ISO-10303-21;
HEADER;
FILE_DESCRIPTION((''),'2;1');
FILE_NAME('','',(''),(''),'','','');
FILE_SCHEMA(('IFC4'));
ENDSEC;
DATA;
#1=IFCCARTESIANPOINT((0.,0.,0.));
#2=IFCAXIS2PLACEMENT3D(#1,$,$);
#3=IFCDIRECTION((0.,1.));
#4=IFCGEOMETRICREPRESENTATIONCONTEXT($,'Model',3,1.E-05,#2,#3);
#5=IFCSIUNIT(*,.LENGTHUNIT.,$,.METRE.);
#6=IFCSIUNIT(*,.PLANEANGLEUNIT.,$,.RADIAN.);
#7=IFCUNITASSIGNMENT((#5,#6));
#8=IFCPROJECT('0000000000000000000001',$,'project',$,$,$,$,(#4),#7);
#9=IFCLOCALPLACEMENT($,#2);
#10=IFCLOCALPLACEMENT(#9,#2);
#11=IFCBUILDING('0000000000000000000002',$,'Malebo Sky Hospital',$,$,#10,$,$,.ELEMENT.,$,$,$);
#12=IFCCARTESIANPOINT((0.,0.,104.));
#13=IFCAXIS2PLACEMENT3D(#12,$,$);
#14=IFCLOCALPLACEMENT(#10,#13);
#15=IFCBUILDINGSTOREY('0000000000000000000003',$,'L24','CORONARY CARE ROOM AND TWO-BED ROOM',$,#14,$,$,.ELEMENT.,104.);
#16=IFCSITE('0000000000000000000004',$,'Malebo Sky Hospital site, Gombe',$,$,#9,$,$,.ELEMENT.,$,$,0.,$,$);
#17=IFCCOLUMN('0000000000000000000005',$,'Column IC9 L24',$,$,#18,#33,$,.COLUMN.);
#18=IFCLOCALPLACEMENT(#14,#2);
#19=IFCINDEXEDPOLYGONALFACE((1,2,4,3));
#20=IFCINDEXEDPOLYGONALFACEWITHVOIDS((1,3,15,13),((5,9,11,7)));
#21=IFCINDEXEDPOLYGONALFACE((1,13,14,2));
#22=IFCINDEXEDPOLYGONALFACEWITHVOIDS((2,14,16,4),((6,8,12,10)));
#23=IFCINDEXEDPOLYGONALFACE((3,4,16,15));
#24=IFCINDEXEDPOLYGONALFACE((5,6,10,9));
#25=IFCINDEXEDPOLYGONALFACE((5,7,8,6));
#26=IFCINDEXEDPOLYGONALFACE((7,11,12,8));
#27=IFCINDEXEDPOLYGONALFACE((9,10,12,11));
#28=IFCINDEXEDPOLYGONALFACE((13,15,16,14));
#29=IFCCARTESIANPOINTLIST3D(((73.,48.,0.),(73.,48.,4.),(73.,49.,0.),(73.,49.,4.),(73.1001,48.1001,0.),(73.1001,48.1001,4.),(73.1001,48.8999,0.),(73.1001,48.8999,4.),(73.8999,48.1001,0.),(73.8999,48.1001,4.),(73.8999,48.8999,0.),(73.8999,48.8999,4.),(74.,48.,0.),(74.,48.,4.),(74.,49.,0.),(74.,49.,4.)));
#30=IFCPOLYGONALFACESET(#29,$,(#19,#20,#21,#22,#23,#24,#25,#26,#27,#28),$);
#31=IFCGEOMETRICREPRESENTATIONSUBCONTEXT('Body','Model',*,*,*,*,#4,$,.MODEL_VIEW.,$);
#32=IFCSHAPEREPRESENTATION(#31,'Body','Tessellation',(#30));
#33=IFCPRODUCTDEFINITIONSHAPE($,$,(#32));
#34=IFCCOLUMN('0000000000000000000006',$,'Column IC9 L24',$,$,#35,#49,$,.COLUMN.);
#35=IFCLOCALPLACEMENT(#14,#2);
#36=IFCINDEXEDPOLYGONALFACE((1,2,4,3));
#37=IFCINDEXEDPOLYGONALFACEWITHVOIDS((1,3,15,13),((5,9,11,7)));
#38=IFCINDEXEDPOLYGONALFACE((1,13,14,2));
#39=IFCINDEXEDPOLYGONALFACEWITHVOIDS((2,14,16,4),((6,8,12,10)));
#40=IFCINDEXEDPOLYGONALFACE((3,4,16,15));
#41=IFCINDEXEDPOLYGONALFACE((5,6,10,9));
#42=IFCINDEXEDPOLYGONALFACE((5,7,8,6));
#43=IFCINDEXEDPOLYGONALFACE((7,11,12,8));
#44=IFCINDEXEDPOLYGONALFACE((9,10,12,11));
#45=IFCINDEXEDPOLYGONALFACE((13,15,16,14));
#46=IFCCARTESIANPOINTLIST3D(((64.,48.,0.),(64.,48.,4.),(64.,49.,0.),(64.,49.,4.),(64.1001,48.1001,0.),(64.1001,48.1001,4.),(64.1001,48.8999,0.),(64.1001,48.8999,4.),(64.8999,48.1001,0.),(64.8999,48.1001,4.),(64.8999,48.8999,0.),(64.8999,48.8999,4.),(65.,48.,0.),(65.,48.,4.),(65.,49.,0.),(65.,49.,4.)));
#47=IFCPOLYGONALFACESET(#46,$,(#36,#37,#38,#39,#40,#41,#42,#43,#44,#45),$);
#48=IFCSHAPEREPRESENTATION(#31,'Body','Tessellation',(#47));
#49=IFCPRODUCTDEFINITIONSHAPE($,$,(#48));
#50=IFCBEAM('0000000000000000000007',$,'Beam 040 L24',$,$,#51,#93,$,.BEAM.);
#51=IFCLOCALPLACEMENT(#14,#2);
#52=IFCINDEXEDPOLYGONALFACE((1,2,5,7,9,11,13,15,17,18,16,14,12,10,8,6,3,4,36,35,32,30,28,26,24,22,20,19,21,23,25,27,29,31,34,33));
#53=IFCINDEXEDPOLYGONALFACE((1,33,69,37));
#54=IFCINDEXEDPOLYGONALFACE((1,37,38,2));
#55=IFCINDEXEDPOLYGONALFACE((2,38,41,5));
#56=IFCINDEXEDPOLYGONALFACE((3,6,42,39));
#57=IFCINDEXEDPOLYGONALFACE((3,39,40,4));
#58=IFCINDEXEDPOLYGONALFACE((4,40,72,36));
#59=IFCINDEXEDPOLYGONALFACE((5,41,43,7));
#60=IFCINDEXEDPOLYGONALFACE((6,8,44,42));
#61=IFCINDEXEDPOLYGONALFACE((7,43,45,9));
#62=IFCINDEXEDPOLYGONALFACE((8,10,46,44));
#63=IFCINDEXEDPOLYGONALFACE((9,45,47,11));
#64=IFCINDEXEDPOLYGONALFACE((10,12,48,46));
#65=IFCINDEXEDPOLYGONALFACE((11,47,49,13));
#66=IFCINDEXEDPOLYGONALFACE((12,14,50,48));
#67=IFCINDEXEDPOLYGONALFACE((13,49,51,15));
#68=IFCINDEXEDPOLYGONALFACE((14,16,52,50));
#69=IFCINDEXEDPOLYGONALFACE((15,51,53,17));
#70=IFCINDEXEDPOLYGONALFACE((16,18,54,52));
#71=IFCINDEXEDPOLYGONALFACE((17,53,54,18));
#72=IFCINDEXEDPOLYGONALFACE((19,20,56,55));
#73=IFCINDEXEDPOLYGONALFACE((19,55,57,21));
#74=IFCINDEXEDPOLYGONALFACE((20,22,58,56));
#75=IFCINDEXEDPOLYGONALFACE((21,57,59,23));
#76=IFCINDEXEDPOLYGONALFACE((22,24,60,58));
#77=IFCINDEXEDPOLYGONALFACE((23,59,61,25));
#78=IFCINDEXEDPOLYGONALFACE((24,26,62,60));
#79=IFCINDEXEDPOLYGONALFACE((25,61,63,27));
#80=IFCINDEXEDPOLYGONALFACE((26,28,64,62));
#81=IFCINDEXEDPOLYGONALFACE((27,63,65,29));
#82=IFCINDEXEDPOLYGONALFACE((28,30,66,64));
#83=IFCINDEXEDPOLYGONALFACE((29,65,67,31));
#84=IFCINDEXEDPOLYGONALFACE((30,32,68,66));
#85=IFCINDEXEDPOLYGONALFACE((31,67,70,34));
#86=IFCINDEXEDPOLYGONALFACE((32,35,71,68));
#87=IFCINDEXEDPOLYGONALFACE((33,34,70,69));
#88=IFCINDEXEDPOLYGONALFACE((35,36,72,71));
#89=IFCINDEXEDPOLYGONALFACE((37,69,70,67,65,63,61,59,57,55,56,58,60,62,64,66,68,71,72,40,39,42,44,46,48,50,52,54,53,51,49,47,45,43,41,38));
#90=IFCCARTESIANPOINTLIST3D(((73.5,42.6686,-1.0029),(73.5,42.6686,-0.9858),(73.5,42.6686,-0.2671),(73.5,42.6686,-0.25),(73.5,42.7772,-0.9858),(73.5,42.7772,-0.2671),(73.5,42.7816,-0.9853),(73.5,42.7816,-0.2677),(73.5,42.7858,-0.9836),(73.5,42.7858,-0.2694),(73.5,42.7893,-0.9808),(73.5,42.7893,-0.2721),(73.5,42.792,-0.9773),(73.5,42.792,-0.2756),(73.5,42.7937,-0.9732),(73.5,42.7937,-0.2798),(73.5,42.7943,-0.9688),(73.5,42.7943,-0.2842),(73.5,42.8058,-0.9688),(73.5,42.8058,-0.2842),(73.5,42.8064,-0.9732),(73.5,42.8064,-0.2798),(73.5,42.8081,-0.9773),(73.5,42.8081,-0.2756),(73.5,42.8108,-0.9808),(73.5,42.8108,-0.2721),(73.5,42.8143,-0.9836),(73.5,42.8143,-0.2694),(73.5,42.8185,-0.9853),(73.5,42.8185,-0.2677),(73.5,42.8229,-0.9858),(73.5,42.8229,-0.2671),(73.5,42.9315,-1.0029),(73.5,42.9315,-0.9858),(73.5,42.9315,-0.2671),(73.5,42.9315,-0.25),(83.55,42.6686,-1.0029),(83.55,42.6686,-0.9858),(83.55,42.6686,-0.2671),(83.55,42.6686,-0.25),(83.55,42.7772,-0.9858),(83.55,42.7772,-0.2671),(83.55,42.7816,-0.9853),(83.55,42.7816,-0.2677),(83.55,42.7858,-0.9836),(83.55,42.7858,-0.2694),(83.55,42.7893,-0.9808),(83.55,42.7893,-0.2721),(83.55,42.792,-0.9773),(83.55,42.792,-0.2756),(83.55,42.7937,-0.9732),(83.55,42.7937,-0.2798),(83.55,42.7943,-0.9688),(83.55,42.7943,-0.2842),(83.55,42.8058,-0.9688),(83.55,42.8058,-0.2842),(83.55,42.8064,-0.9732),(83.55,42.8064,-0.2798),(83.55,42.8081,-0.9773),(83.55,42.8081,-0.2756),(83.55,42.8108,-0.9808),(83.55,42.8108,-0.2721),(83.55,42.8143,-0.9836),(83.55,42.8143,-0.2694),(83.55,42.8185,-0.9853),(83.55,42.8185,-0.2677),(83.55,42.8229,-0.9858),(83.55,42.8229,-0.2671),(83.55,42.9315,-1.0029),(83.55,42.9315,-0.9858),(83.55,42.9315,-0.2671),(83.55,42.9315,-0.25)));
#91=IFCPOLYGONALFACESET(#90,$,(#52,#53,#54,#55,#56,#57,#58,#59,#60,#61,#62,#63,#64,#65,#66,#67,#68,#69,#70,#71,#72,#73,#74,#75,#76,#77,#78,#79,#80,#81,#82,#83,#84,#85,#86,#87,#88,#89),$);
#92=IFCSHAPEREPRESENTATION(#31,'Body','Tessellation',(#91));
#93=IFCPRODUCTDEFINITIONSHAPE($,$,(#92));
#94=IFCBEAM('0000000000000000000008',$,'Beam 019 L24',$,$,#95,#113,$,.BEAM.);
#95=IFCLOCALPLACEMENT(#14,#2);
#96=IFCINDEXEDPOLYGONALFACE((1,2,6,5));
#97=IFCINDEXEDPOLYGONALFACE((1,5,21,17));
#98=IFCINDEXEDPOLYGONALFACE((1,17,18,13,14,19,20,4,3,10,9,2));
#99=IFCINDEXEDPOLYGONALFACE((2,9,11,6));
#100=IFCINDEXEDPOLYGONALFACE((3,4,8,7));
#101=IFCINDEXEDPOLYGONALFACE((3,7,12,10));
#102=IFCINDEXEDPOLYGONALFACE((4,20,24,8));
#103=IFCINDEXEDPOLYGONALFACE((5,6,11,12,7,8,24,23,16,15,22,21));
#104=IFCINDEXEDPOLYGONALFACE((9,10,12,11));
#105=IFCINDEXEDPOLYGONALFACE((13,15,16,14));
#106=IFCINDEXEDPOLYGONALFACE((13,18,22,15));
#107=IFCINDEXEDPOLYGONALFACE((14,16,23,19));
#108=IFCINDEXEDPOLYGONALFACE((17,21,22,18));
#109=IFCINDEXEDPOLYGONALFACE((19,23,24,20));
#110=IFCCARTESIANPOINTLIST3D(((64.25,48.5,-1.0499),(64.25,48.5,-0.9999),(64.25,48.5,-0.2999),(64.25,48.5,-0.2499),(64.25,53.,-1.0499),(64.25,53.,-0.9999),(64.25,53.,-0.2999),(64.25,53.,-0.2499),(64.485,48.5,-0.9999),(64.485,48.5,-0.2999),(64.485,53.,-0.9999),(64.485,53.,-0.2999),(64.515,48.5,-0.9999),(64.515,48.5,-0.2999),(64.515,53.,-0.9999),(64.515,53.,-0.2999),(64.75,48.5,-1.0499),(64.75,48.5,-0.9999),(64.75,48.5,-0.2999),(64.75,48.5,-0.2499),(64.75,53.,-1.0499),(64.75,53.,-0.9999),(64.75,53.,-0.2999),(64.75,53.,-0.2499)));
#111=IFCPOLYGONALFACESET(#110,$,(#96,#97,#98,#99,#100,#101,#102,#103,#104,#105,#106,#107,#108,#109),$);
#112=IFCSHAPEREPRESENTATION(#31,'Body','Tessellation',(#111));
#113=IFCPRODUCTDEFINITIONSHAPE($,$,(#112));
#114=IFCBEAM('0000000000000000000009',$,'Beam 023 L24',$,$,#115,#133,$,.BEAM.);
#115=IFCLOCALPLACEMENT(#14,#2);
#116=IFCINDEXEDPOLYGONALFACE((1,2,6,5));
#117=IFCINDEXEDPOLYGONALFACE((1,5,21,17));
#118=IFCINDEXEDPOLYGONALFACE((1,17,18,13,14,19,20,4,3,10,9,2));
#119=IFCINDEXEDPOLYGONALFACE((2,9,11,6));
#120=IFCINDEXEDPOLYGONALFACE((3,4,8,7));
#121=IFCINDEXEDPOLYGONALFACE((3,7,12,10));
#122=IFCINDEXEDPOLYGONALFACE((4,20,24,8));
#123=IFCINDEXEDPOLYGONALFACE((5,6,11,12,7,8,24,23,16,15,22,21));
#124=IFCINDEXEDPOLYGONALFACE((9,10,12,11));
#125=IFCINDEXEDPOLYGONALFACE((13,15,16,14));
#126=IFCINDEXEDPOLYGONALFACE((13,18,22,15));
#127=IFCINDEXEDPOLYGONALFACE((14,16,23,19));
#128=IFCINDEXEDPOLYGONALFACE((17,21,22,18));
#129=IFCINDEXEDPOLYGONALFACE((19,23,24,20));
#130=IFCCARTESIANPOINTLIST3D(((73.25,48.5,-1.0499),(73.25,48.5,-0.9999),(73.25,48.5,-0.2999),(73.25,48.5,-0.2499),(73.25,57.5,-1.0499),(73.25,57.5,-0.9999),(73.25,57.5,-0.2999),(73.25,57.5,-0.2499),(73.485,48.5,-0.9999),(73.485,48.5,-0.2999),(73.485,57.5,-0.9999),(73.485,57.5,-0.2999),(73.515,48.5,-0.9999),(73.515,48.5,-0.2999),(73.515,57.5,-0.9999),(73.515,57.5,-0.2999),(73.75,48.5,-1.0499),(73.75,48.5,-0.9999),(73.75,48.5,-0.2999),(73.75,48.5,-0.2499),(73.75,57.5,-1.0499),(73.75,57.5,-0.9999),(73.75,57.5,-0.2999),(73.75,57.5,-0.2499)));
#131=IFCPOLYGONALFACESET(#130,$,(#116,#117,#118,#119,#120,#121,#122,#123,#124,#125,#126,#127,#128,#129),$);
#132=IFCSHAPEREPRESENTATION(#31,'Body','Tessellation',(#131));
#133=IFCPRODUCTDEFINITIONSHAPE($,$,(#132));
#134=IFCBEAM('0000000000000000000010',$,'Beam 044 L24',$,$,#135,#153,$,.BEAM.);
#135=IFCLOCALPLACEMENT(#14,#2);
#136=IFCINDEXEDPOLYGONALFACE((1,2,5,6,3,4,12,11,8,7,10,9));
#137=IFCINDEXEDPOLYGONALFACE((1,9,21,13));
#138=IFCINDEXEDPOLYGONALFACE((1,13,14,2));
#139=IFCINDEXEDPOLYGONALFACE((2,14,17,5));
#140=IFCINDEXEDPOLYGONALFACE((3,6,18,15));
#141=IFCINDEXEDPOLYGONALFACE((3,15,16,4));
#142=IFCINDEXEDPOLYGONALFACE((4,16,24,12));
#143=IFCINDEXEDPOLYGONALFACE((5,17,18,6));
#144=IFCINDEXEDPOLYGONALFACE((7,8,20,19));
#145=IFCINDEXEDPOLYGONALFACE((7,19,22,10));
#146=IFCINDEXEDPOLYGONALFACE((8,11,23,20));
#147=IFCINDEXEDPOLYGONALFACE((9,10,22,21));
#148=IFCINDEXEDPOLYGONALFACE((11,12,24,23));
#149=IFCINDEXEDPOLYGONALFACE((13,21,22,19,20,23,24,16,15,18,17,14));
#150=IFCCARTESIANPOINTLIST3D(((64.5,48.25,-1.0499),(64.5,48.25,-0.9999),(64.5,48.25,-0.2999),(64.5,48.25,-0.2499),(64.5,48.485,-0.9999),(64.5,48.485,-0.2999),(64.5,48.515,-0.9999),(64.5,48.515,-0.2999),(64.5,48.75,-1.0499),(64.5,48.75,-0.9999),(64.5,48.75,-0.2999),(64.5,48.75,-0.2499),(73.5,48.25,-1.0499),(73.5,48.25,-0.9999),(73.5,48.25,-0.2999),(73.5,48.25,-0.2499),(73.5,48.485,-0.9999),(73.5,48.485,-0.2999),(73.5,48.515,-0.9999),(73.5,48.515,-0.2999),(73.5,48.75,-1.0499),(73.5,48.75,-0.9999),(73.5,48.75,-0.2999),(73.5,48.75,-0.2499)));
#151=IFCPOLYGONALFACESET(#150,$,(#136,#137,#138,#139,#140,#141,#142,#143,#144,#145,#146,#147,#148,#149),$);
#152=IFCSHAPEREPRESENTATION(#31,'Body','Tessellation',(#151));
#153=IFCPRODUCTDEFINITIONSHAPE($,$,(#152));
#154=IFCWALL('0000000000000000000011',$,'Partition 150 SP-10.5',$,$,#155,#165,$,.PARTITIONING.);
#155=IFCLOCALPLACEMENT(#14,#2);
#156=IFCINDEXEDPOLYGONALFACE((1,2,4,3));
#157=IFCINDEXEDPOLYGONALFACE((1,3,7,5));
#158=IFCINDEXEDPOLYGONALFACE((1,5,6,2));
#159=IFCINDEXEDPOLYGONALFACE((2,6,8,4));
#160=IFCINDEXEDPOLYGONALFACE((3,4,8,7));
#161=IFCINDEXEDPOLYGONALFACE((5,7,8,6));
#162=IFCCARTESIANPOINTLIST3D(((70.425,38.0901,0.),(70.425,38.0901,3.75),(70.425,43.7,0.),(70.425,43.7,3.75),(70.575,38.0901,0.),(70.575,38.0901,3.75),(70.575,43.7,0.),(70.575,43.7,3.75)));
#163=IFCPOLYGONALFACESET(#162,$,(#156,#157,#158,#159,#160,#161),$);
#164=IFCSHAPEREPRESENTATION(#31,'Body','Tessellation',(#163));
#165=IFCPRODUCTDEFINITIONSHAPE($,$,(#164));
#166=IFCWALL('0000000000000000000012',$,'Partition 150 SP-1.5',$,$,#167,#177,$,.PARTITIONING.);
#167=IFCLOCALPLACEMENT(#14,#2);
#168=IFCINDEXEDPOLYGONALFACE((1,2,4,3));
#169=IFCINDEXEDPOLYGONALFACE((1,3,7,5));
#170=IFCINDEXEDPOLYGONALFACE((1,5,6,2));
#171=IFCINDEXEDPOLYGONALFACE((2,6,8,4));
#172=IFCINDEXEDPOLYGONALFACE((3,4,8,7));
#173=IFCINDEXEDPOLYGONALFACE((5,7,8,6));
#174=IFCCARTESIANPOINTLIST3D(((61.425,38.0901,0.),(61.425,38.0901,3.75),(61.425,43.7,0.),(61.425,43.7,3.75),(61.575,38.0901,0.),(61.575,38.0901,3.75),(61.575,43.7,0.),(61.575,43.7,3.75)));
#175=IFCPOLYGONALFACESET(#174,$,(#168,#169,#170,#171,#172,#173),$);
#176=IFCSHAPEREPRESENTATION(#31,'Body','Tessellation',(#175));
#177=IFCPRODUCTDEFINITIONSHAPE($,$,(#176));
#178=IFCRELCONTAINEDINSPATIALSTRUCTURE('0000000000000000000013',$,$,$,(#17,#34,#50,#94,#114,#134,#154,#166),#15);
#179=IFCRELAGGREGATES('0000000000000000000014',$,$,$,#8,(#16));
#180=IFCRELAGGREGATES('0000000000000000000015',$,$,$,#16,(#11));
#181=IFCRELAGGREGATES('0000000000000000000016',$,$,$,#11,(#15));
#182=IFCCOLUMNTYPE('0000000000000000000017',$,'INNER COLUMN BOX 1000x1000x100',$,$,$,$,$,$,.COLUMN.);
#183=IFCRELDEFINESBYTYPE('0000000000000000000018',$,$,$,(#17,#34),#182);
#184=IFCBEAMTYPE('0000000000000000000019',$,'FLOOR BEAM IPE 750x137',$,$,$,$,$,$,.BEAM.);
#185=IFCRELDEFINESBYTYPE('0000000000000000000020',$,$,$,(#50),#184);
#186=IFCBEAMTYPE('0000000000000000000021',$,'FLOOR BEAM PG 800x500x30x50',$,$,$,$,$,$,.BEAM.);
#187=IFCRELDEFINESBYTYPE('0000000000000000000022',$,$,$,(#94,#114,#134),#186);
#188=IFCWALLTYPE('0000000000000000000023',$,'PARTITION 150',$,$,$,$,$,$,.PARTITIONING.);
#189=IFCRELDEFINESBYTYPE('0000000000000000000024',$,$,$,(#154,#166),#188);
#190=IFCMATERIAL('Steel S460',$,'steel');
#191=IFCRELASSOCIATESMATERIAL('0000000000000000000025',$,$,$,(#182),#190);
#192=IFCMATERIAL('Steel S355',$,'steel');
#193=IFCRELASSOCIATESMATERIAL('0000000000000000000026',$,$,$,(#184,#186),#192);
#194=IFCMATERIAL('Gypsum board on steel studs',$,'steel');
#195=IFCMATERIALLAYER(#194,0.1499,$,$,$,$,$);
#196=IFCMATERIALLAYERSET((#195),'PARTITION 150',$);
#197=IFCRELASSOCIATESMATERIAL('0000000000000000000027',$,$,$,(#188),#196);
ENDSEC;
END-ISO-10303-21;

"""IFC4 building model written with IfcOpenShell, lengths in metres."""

from ifc_helpers import new_model, si_unit, direction, frame, frame_2d, origin, origin_2d, place, context, subcontext, project, spatial, rectangle, hollow_rectangle, i_section, extrude, material, layer, layer_set, material_profile, profile_set, type_object, element, save


model = new_model("IFC4")

# Units and contexts
model_context = context("Model", 3, precision=1e-05, world=origin(), true_north=direction((0.0, 1.0)))
body_context = subcontext(model_context, "Body", "Model", "MODEL_VIEW")
ifc_project = project(units=[si_unit("LENGTHUNIT", "METRE"), si_unit("PLANEANGLEUNIT", "RADIAN")], contexts=[model_context])

# Site, building, storey
site_placement = place(None, origin())
site = spatial("IfcSite", under=ifc_project, at=site_placement, Name="Malebo Sky Hospital site, Gombe", CompositionType="ELEMENT", RefElevation=0.0)
building_placement = place(site_placement, origin())
building = spatial("IfcBuilding", under=site, at=building_placement, Name="Malebo Sky Hospital", CompositionType="ELEMENT")
storey_placement = place(building_placement, frame((0.0, 0.0, 104.0)))
storey = spatial("IfcBuildingStorey", under=building, at=storey_placement, Name="L24", Description="CORONARY CARE ROOM AND TWO-BED ROOM", CompositionType="ELEMENT", Elevation=104.0)

# Columns
ifc_material_1 = material(Name="Steel S460", Category="steel")
ifc_material_profile_1 = material_profile(ifc_material_1, hollow_rectangle(XDim=1.0, YDim=1.0, WallThickness=0.1001, at=origin_2d()), Name="BOX 1000x1000x100")
ifc_profile_set_1 = profile_set([ifc_material_profile_1], Name="Steel S460")
column_type = type_object("IfcColumnType", Name="INNER COLUMN BOX 1000x1000x100", PredefinedType="COLUMN", material=ifc_profile_set_1)
for number, where, z_axis, x_axis, name in (
    (1, (73.5, 48.5, 0.0), (0.0, 0.0, 1.0), (1.0, 0.0, 0.0), "Column IC9 L24"),
    (2, (64.5, 48.5, 0.0), (0.0, 0.0, 1.0), (1.0, 0.0, 0.0), "Column IC9 L24"),
):
    element("IfcColumn", number, at=place(storey_placement, frame(where, z_axis=z_axis, x_axis=x_axis)), inside=storey, type_object=column_type, Name=name, PredefinedType="COLUMN", context=body_context, shape_type="SweptSolid", body=[
        extrude(hollow_rectangle(XDim=1.0, YDim=1.0, WallThickness=0.1001, at=origin_2d()), origin(), (0.0, 0.0, 1.0), 4.0),
    ])

# Beams
ifc_material_2 = material(Name="Steel S355", Category="steel")
ifc_material_profile_2 = material_profile(ifc_material_2, i_section(OverallWidth=0.2629, OverallDepth=0.7529, WebThickness=0.0115, FlangeThickness=0.0171, FilletRadius=0.0171, at=origin_2d()), Name="IPE 750x137")
ifc_profile_set_2 = profile_set([ifc_material_profile_2], Name="Steel S355")
beam_type_1 = type_object("IfcBeamType", Name="FLOOR BEAM IPE 750x137", PredefinedType="BEAM", material=ifc_profile_set_2)
beam_1_placement = place(storey_placement, frame((73.5, 42.8, -0.6265), z_axis=(1.0, 0.0, 0.0), x_axis=(0.0, 1.0, 0.0)))
element("IfcBeam", 3, at=beam_1_placement, inside=storey, type_object=beam_type_1, Name="Beam 040 L24", PredefinedType="BEAM", context=body_context, shape_type="SweptSolid", body=[
    extrude(i_section(OverallWidth=0.2629, OverallDepth=0.7529, WebThickness=0.0115, FlangeThickness=0.0171, FilletRadius=0.0171, at=origin_2d()), origin(), (0.0, 0.0, 1.0), 10.05),
])
ifc_material_profile_3 = material_profile(ifc_material_2, i_section(OverallWidth=0.5, OverallDepth=0.8, WebThickness=0.03, FlangeThickness=0.05, at=origin_2d()), Name="PG 800x500x30x50")
ifc_profile_set_3 = profile_set([ifc_material_profile_3], Name="Steel S355")
beam_type_2 = type_object("IfcBeamType", Name="FLOOR BEAM PG 800x500x30x50", PredefinedType="BEAM", material=ifc_profile_set_3)
beam_2_placement = place(storey_placement, frame((64.5, 48.5, -0.6499), z_axis=(0.0, 1.0, 0.0), x_axis=(-1.0, 0.0, 0.0)))
element("IfcBeam", 4, at=beam_2_placement, inside=storey, type_object=beam_type_2, Name="Beam 019 L24", PredefinedType="BEAM", context=body_context, shape_type="SweptSolid", body=[
    extrude(i_section(OverallWidth=0.5, OverallDepth=0.8, WebThickness=0.03, FlangeThickness=0.05, at=origin_2d()), origin(), (0.0, 0.0, 1.0), 4.5),
])
for number, where, z_axis, x_axis, name in (
    (5, (73.5, 48.5, -0.6499), (0.0, 1.0, 0.0), (-1.0, 0.0, 0.0), "Beam 023 L24"),
    (6, (64.5, 48.5, -0.6499), (1.0, 0.0, 0.0), (0.0, 1.0, 0.0), "Beam 044 L24"),
):
    element("IfcBeam", number, at=place(storey_placement, frame(where, z_axis=z_axis, x_axis=x_axis)), inside=storey, type_object=beam_type_2, Name=name, PredefinedType="BEAM", context=body_context, shape_type="SweptSolid", body=[
        extrude(i_section(OverallWidth=0.5, OverallDepth=0.8, WebThickness=0.03, FlangeThickness=0.05, at=origin_2d()), origin(), (0.0, 0.0, 1.0), 9.0),
    ])

# Walls
ifc_material_3 = material(Name="Gypsum board on steel studs", Category="steel")
ifc_layer = layer(ifc_material_3, 0.1499)
ifc_layer_set = layer_set([ifc_layer], Name="PARTITION 150")
wall_type = type_object("IfcWallType", Name="PARTITION 150", PredefinedType="PARTITIONING", material=ifc_layer_set)
for number, where, z_axis, x_axis, name in (
    (7, (70.5, 43.7, 0.0), (0.0, 0.0, 1.0), (0.0, -1.0, 0.0), "Partition 150 SP-10.5"),
    (8, (61.5, 43.7, 0.0), (0.0, 0.0, 1.0), (0.0, -1.0, 0.0), "Partition 150 SP-1.5"),
):
    element("IfcWall", number, at=place(storey_placement, frame(where, z_axis=z_axis, x_axis=x_axis)), inside=storey, type_object=wall_type, Name=name, PredefinedType="PARTITIONING", context=body_context, shape_type="SweptSolid", body=[
        extrude(rectangle(XDim=5.6099, YDim=0.1499, at=frame_2d((2.8049, 0.0))), origin(), (0.0, 0.0, 1.0), 3.75),
    ])

save(model, "model.ifc")
